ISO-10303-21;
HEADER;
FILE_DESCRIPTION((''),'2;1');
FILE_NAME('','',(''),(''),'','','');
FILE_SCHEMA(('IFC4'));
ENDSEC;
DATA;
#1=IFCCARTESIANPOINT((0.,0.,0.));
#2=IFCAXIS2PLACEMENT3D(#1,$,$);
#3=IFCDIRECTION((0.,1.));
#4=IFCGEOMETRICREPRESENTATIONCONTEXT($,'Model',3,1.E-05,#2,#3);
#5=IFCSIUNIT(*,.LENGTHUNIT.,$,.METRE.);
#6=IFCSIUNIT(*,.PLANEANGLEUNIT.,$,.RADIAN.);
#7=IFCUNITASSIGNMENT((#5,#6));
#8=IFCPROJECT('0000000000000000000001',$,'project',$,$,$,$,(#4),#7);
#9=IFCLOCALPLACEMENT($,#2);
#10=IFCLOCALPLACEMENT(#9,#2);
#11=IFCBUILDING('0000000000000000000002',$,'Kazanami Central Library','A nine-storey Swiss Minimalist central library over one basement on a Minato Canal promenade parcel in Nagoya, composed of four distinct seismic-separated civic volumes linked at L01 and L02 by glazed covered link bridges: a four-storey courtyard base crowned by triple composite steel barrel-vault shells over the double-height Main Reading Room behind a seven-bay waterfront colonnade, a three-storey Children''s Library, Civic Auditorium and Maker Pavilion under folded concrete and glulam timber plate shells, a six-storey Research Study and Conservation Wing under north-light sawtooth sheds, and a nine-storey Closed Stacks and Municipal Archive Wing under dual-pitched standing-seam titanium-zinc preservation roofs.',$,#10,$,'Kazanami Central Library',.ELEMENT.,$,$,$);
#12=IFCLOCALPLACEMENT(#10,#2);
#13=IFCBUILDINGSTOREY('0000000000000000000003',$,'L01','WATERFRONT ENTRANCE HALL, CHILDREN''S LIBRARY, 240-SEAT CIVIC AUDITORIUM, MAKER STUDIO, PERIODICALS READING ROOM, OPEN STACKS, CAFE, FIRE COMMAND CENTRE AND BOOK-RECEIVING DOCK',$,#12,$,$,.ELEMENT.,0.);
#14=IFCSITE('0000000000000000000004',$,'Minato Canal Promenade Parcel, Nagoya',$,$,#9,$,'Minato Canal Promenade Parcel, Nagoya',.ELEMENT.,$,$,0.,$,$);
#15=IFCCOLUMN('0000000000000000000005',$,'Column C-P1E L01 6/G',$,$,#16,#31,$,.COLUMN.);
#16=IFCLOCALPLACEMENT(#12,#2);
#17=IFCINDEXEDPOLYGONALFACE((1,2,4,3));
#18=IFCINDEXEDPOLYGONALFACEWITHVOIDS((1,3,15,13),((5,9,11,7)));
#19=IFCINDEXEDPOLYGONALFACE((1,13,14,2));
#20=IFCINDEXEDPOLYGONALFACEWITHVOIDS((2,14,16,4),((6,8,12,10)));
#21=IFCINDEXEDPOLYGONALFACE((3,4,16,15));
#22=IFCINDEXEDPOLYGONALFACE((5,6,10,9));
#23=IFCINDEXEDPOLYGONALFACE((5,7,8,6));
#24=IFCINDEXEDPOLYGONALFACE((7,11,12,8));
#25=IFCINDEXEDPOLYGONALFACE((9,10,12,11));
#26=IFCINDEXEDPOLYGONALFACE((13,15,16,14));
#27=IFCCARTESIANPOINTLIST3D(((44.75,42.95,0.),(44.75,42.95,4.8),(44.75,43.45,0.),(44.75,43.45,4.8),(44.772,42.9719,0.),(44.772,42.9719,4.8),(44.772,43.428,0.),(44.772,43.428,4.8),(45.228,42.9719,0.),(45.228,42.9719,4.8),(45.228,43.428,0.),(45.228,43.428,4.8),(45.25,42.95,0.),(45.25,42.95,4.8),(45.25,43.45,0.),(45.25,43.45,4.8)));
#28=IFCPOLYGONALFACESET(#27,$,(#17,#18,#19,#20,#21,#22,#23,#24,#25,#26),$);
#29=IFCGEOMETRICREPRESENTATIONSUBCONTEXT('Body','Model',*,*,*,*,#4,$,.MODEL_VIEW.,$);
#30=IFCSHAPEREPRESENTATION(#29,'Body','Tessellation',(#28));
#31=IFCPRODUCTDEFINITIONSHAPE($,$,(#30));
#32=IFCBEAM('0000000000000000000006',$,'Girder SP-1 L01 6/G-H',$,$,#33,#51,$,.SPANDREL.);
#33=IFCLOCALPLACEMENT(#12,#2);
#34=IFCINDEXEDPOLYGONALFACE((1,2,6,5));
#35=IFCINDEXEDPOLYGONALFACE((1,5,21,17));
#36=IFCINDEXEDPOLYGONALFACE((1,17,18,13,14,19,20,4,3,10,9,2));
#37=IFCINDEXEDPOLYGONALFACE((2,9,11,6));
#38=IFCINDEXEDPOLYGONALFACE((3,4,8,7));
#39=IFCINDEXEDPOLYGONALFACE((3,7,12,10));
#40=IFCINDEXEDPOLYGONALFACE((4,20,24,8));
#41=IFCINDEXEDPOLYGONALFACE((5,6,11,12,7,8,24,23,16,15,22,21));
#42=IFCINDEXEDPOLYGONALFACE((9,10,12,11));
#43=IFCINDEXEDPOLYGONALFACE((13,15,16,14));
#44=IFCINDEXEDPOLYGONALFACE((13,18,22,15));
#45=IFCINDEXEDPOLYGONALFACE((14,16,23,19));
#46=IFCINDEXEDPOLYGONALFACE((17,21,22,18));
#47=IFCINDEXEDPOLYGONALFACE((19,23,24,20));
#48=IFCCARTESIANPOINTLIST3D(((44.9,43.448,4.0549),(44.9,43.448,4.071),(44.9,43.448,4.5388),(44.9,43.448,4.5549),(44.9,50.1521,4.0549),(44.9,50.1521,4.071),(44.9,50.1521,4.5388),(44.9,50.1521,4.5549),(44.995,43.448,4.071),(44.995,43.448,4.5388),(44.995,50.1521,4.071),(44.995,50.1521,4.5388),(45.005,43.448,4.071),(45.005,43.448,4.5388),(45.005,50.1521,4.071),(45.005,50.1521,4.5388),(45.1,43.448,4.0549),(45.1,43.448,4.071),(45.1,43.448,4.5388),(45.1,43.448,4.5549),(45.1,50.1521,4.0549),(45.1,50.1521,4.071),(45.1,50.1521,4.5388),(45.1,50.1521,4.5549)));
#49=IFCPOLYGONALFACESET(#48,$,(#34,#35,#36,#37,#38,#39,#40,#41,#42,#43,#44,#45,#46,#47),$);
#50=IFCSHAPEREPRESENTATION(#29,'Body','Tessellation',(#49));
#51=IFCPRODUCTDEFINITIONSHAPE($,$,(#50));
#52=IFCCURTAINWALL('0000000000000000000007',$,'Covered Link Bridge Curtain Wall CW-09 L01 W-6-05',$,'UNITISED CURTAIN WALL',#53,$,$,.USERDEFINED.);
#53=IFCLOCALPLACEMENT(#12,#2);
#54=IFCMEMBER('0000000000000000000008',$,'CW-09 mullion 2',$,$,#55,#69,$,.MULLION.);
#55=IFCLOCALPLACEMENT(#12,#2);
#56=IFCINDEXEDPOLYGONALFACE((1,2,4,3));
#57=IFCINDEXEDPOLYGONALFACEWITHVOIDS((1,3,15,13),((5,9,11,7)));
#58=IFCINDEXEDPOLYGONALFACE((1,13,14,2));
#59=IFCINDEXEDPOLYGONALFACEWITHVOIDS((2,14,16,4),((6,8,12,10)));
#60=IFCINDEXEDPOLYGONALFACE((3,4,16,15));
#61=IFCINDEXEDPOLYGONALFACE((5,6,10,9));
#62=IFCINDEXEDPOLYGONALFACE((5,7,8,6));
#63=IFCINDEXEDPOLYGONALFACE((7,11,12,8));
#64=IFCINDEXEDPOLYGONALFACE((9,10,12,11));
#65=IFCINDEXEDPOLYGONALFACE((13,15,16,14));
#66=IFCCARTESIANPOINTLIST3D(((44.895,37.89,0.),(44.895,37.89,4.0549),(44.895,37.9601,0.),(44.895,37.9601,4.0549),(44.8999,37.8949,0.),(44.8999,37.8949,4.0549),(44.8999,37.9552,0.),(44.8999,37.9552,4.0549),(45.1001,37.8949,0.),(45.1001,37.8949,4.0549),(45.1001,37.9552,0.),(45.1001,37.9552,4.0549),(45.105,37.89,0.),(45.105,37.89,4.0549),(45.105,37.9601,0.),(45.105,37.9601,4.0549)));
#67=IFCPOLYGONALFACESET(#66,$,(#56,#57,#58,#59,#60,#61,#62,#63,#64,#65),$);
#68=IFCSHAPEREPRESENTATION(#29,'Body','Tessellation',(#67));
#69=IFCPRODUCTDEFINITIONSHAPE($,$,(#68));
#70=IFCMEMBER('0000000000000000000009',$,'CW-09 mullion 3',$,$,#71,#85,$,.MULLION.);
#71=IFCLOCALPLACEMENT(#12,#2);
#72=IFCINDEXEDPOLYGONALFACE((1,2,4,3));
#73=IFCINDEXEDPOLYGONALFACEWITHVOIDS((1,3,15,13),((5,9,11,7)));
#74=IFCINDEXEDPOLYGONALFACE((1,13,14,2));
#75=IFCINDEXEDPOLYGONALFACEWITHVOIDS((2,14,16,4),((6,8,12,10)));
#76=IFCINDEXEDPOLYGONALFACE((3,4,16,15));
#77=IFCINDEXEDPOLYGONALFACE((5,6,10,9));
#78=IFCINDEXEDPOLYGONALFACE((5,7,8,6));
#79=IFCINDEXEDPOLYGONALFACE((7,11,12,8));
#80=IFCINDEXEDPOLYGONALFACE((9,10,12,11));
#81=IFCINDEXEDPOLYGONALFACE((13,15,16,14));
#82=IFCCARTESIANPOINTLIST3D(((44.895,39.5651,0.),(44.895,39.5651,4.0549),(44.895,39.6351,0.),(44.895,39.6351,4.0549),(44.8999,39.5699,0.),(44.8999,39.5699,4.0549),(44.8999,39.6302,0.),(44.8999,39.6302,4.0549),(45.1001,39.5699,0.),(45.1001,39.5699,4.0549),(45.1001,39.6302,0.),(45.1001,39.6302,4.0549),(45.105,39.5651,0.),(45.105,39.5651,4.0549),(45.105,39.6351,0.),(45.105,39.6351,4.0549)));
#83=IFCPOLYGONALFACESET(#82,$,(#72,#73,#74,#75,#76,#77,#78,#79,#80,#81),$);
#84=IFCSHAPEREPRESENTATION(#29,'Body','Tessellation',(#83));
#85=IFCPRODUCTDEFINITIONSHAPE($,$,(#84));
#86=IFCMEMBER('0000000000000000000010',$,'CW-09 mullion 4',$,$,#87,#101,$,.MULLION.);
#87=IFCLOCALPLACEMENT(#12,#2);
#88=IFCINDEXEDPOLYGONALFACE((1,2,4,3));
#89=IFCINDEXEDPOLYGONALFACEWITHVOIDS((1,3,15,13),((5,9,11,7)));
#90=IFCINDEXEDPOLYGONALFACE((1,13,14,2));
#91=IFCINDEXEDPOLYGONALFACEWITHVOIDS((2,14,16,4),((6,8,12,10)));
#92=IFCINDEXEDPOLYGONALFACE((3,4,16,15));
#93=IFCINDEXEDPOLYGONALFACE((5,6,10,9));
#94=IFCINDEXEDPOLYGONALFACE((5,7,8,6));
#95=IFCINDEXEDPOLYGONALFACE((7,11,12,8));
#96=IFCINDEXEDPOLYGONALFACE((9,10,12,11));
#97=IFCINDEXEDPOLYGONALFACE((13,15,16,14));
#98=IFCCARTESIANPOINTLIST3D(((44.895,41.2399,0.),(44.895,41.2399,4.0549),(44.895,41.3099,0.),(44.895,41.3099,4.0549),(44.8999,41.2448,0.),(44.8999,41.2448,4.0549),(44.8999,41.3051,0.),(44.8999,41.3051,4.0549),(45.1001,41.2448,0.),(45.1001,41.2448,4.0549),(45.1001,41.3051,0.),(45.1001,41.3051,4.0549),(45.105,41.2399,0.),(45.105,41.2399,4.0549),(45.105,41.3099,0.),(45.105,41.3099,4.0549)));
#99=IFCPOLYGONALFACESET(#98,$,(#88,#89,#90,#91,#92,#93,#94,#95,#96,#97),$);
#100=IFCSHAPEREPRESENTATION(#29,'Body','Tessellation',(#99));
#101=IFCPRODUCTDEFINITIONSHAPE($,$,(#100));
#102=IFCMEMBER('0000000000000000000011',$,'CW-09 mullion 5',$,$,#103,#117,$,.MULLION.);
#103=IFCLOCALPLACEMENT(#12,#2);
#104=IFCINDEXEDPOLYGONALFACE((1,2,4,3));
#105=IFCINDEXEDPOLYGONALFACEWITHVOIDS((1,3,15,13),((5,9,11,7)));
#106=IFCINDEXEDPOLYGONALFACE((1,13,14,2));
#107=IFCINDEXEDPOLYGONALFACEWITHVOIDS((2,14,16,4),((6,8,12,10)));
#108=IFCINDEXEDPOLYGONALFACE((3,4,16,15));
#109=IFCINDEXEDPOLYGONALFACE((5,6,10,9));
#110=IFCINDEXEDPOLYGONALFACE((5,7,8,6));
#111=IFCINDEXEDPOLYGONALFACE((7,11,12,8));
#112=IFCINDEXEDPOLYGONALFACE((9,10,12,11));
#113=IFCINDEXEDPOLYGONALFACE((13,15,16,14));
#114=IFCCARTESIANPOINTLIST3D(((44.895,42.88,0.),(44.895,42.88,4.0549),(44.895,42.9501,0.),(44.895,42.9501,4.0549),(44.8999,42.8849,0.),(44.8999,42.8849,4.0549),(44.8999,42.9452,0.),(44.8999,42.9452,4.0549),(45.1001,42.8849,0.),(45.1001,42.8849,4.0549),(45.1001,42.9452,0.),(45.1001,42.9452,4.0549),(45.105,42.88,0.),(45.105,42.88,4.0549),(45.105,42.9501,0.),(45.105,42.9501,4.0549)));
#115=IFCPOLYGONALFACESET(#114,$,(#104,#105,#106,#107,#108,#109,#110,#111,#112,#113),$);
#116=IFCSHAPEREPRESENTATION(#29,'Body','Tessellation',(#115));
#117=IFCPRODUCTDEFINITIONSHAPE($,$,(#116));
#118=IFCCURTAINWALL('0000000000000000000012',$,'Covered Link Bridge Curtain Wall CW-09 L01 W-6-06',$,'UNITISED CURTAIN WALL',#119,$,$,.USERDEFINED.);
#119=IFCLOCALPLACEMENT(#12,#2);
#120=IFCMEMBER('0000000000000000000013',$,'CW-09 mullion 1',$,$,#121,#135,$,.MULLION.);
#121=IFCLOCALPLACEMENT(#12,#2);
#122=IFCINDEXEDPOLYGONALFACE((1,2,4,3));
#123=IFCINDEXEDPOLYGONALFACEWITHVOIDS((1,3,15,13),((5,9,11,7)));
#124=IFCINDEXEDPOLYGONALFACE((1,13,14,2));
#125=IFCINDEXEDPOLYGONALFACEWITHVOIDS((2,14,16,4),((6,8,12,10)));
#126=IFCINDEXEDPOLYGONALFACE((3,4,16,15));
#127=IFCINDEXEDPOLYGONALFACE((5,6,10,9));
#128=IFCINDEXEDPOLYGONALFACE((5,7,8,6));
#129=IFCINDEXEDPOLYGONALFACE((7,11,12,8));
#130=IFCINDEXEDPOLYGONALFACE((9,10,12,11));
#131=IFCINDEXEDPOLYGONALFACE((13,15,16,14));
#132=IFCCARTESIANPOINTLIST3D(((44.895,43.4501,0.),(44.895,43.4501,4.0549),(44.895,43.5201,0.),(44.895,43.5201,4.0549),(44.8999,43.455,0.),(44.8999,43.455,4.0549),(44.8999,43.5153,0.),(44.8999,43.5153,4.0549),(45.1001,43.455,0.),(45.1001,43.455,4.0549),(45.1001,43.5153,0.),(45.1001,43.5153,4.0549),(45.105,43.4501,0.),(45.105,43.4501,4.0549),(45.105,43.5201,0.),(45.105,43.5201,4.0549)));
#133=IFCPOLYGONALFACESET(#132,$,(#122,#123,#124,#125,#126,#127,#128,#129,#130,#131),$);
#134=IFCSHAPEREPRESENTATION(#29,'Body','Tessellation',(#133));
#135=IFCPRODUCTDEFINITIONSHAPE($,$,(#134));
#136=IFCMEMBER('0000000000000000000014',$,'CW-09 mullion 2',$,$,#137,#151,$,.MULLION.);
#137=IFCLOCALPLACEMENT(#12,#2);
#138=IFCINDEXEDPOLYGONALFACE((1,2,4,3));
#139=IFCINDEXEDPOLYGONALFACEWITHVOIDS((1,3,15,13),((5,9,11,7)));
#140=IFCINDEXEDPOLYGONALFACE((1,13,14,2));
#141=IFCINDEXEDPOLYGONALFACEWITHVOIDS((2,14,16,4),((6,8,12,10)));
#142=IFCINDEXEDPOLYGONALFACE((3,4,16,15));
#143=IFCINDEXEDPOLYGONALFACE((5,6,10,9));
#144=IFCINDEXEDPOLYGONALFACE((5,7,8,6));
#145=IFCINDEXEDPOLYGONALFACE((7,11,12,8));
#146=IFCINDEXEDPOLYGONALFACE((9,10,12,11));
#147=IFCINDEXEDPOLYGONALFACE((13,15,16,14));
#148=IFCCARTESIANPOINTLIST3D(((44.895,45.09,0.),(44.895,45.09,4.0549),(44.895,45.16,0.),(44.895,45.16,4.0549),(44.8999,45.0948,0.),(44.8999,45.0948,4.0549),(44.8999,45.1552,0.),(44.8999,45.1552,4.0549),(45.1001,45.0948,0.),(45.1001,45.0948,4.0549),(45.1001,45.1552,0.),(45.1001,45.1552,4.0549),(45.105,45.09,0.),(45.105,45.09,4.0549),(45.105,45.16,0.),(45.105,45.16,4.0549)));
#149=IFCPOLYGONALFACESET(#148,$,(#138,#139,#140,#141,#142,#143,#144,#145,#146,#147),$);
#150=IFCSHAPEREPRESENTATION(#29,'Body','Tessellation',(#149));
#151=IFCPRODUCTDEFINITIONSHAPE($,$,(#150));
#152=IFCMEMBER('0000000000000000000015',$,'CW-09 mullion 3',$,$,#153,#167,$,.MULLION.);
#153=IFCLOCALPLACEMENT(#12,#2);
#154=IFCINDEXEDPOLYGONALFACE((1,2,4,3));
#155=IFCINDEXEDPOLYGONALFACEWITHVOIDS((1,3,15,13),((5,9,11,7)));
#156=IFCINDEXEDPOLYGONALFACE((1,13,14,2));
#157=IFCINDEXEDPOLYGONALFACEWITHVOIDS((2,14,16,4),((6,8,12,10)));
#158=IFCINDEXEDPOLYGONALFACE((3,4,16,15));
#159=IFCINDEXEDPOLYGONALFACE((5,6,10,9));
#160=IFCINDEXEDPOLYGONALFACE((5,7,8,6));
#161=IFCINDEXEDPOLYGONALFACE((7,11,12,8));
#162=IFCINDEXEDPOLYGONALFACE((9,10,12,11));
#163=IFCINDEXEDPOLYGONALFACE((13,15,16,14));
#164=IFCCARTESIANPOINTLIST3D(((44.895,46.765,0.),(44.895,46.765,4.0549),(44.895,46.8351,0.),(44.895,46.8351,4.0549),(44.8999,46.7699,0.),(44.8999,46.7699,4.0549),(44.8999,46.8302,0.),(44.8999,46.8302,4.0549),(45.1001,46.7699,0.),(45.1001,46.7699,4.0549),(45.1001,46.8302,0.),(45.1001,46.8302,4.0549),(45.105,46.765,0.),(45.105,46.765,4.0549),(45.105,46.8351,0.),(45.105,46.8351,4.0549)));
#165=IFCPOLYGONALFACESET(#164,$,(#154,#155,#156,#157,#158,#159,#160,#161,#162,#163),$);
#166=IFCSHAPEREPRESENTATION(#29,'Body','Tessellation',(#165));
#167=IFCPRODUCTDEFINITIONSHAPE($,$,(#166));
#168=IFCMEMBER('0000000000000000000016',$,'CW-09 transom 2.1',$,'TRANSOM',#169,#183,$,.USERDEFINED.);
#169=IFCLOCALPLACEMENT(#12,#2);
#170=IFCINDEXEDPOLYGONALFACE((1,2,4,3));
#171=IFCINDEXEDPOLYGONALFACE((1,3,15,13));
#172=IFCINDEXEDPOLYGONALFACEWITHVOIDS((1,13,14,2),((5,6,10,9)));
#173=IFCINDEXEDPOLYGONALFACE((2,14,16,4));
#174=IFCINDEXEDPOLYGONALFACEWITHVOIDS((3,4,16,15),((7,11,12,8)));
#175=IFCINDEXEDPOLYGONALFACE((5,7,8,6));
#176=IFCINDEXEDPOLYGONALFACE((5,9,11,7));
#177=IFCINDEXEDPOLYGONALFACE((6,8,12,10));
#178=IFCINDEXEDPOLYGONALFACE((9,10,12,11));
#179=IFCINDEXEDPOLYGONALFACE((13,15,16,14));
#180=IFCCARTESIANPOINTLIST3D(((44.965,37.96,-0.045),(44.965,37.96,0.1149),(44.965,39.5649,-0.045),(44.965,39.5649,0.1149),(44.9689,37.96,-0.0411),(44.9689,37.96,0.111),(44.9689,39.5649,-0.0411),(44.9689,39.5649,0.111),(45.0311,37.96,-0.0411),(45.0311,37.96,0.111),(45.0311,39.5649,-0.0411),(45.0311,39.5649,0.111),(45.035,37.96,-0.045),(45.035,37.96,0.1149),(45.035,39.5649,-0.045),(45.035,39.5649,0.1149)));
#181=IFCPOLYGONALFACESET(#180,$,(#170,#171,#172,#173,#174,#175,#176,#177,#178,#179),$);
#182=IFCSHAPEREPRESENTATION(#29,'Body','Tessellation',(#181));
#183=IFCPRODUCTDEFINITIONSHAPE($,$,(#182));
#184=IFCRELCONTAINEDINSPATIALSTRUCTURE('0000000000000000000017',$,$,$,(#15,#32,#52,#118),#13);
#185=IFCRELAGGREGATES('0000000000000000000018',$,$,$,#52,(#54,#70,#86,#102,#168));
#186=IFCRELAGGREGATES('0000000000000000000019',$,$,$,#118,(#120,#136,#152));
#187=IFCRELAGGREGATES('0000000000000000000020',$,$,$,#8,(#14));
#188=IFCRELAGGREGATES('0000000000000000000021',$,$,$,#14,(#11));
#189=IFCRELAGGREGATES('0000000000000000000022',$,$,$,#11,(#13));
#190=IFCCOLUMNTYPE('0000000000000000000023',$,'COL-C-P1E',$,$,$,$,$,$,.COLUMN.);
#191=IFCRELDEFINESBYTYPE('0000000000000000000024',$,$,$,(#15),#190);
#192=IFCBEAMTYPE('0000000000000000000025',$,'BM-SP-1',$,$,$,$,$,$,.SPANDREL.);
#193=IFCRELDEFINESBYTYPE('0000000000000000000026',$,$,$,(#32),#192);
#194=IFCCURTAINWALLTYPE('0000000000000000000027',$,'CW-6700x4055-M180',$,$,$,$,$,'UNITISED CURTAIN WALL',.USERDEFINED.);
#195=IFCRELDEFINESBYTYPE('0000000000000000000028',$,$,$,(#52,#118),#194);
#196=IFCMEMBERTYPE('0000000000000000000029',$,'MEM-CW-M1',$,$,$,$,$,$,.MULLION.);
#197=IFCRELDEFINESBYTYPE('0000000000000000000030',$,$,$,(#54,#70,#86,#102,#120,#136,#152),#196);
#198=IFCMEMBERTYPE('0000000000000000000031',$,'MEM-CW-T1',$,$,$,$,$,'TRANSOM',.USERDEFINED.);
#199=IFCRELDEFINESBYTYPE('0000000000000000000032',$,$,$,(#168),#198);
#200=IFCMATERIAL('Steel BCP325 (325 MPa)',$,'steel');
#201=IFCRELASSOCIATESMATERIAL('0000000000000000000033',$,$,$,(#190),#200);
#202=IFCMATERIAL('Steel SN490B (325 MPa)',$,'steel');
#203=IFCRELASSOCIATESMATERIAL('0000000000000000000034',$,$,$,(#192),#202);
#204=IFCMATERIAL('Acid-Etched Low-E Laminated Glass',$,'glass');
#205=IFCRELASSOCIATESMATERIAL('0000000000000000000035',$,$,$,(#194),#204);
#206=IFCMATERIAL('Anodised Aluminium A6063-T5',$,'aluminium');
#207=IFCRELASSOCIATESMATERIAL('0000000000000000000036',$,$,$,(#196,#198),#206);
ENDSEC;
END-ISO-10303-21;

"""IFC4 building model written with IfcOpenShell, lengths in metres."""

from ifc_helpers import new_model, si_unit, direction, frame, origin, origin_2d, place, context, subcontext, project, spatial, hollow_rectangle, i_section, extrude, material, material_profile, profile_set, type_object, element, aggregate, save


model = new_model("IFC4")

# Units and contexts
model_context = context("Model", 3, precision=1e-05, world=origin(), true_north=direction((0.0, 1.0)))
body_context = subcontext(model_context, "Body", "Model", "MODEL_VIEW")
ifc_project = project(units=[si_unit("LENGTHUNIT", "METRE"), si_unit("PLANEANGLEUNIT", "RADIAN")], contexts=[model_context])

# Site, building, storey
site_placement = place(None, origin())
site = spatial("IfcSite", under=ifc_project, at=site_placement, Name="Minato Canal Promenade Parcel, Nagoya", LongName="Minato Canal Promenade Parcel, Nagoya", CompositionType="ELEMENT", RefElevation=0.0)
building_placement = place(site_placement, origin())
building = spatial("IfcBuilding", under=site, at=building_placement, Name="Kazanami Central Library", Description="A nine-storey Swiss Minimalist central library over one basement on a Minato Canal promenade parcel in Nagoya, composed of four distinct seismic-separated civic volumes linked at L01 and L02 by glazed covered link bridges: a four-storey courtyard base crowned by triple composite steel barrel-vault shells over the double-height Main Reading Room behind a seven-bay waterfront colonnade, a three-storey Children's Library, Civic Auditorium and Maker Pavilion under folded concrete and glulam timber plate shells, a six-storey Research Study and Conservation Wing under north-light sawtooth sheds, and a nine-storey Closed Stacks and Municipal Archive Wing under dual-pitched standing-seam titanium-zinc preservation roofs.", LongName="Kazanami Central Library", CompositionType="ELEMENT")
storey_placement = place(building_placement, origin())
storey = spatial("IfcBuildingStorey", under=building, at=storey_placement, Name="L01", Description="WATERFRONT ENTRANCE HALL, CHILDREN'S LIBRARY, 240-SEAT CIVIC AUDITORIUM, MAKER STUDIO, PERIODICALS READING ROOM, OPEN STACKS, CAFE, FIRE COMMAND CENTRE AND BOOK-RECEIVING DOCK", CompositionType="ELEMENT", Elevation=0.0)

# Column
ifc_material_1 = material(Name="Steel BCP325 (325 MPa)", Category="steel")
ifc_material_profile_1 = material_profile(ifc_material_1, hollow_rectangle(XDim=0.5, YDim=0.5, WallThickness=0.022, at=origin_2d()), Name="BCP-500x500x22")
ifc_profile_set_1 = profile_set([ifc_material_profile_1], Name="Steel BCP325 (325 MPa)")
column_type = type_object("IfcColumnType", Name="COL-C-P1E", PredefinedType="COLUMN", material=ifc_profile_set_1)
column_placement = place(storey_placement, frame((45.0, 43.2, 0.0), z_axis=(0.0, 0.0, 1.0), x_axis=(1.0, 0.0, 0.0)))
element("IfcColumn", 1, at=column_placement, inside=storey, type_object=column_type, Name="Column C-P1E L01 6/G", PredefinedType="COLUMN", context=body_context, shape_type="SweptSolid", body=[
    extrude(hollow_rectangle(XDim=0.5, YDim=0.5, WallThickness=0.022, at=origin_2d()), origin(), (0.0, 0.0, 1.0), 4.8),
])

# Beam
ifc_material_2 = material(Name="Steel SN490B (325 MPa)", Category="steel")
ifc_material_profile_2 = material_profile(ifc_material_2, i_section(OverallWidth=0.2, OverallDepth=0.5, WebThickness=0.01, FlangeThickness=0.0161, at=origin_2d()), Name="H-500x200x10x16")
ifc_profile_set_2 = profile_set([ifc_material_profile_2], Name="Steel SN490B (325 MPa)")
beam_type = type_object("IfcBeamType", Name="BM-SP-1", PredefinedType="SPANDREL", material=ifc_profile_set_2)
beam_placement = place(storey_placement, frame((45.0, 43.448, 4.3049), z_axis=(0.0, 1.0, 0.0), x_axis=(-1.0, 0.0, 0.0)))
element("IfcBeam", 2, at=beam_placement, inside=storey, type_object=beam_type, Name="Girder SP-1 L01 6/G-H", PredefinedType="SPANDREL", context=body_context, shape_type="SweptSolid", body=[
    extrude(i_section(OverallWidth=0.2, OverallDepth=0.5, WebThickness=0.01, FlangeThickness=0.0161, at=origin_2d()), origin(), (0.0, 0.0, 1.0), 6.7041),
])

# Curtain walls, members
ifc_material_3 = material(Name="Acid-Etched Low-E Laminated Glass", Category="glass")
curtain_wall_type = type_object("IfcCurtainWallType", Name="CW-6700x4055-M180", ElementType="UNITISED CURTAIN WALL", PredefinedType="USERDEFINED", material=ifc_material_3)
curtain_wall_1_placement = place(storey_placement, origin())
curtain_wall_1 = element("IfcCurtainWall", 3, at=curtain_wall_1_placement, inside=storey, type_object=curtain_wall_type, Name="Covered Link Bridge Curtain Wall CW-09 L01 W-6-05", ObjectType="UNITISED CURTAIN WALL", PredefinedType="USERDEFINED")
ifc_material_4 = material(Name="Anodised Aluminium A6063-T5", Category="aluminium")
ifc_material_profile_3 = material_profile(ifc_material_4, hollow_rectangle(XDim=0.0701, YDim=0.21, WallThickness=0.0049, at=origin_2d()), Name="ALU-MULL-70x210x5")
ifc_profile_set_3 = profile_set([ifc_material_profile_3], Name="Anodised Aluminium A6063-T5")
member_type_1 = type_object("IfcMemberType", Name="MEM-CW-M1", PredefinedType="MULLION", material=ifc_profile_set_3)
member_1_placement = place(storey_placement, frame((45.0, 37.925, 0.0), z_axis=(0.0, 0.0, 1.0), x_axis=(0.0, 1.0, 0.0)))
member_1 = element("IfcMember", 4, at=member_1_placement, type_object=member_type_1, Name="CW-09 mullion 2", PredefinedType="MULLION", context=body_context, shape_type="SweptSolid", body=[
    extrude(hollow_rectangle(XDim=0.0701, YDim=0.21, WallThickness=0.0049, at=origin_2d()), origin(), (0.0, 0.0, 1.0), 4.0549),
])
member_2_placement = place(storey_placement, frame((45.0, 39.6001, 0.0), z_axis=(0.0, 0.0, 1.0), x_axis=(0.0, 1.0, 0.0)))
member_2 = element("IfcMember", 5, at=member_2_placement, type_object=member_type_1, Name="CW-09 mullion 3", PredefinedType="MULLION", context=body_context, shape_type="SweptSolid", body=[
    extrude(hollow_rectangle(XDim=0.0701, YDim=0.21, WallThickness=0.0049, at=origin_2d()), origin(), (0.0, 0.0, 1.0), 4.0549),
])
member_3_placement = place(storey_placement, frame((45.0, 41.2749, 0.0), z_axis=(0.0, 0.0, 1.0), x_axis=(0.0, 1.0, 0.0)))
member_3 = element("IfcMember", 6, at=member_3_placement, type_object=member_type_1, Name="CW-09 mullion 4", PredefinedType="MULLION", context=body_context, shape_type="SweptSolid", body=[
    extrude(hollow_rectangle(XDim=0.0701, YDim=0.21, WallThickness=0.0049, at=origin_2d()), origin(), (0.0, 0.0, 1.0), 4.0549),
])
member_4_placement = place(storey_placement, frame((45.0, 42.915, 0.0), z_axis=(0.0, 0.0, 1.0), x_axis=(0.0, 1.0, 0.0)))
member_4 = element("IfcMember", 7, at=member_4_placement, type_object=member_type_1, Name="CW-09 mullion 5", PredefinedType="MULLION", context=body_context, shape_type="SweptSolid", body=[
    extrude(hollow_rectangle(XDim=0.0701, YDim=0.21, WallThickness=0.0049, at=origin_2d()), origin(), (0.0, 0.0, 1.0), 4.0549),
])
curtain_wall_2_placement = place(storey_placement, origin())
curtain_wall_2 = element("IfcCurtainWall", 8, at=curtain_wall_2_placement, inside=storey, type_object=curtain_wall_type, Name="Covered Link Bridge Curtain Wall CW-09 L01 W-6-06", ObjectType="UNITISED CURTAIN WALL", PredefinedType="USERDEFINED")
member_5_placement = place(storey_placement, frame((45.0, 43.4851, 0.0), z_axis=(0.0, 0.0, 1.0), x_axis=(0.0, 1.0, 0.0)))
member_5 = element("IfcMember", 9, at=member_5_placement, type_object=member_type_1, Name="CW-09 mullion 1", PredefinedType="MULLION", context=body_context, shape_type="SweptSolid", body=[
    extrude(hollow_rectangle(XDim=0.0701, YDim=0.21, WallThickness=0.0049, at=origin_2d()), origin(), (0.0, 0.0, 1.0), 4.0549),
])
member_6_placement = place(storey_placement, frame((45.0, 45.125, 0.0), z_axis=(0.0, 0.0, 1.0), x_axis=(0.0, 1.0, 0.0)))
member_6 = element("IfcMember", 10, at=member_6_placement, type_object=member_type_1, Name="CW-09 mullion 2", PredefinedType="MULLION", context=body_context, shape_type="SweptSolid", body=[
    extrude(hollow_rectangle(XDim=0.0701, YDim=0.21, WallThickness=0.0049, at=origin_2d()), origin(), (0.0, 0.0, 1.0), 4.0549),
])
member_7_placement = place(storey_placement, frame((45.0, 46.8, 0.0), z_axis=(0.0, 0.0, 1.0), x_axis=(0.0, 1.0, 0.0)))
member_7 = element("IfcMember", 11, at=member_7_placement, type_object=member_type_1, Name="CW-09 mullion 3", PredefinedType="MULLION", context=body_context, shape_type="SweptSolid", body=[
    extrude(hollow_rectangle(XDim=0.0701, YDim=0.21, WallThickness=0.0049, at=origin_2d()), origin(), (0.0, 0.0, 1.0), 4.0549),
])

# Member
ifc_material_profile_4 = material_profile(ifc_material_4, hollow_rectangle(XDim=0.0701, YDim=0.1599, WallThickness=0.0039, at=origin_2d()), Name="ALU-TRAN-70x160x4")
ifc_profile_set_4 = profile_set([ifc_material_profile_4], Name="Anodised Aluminium A6063-T5")
member_type_2 = type_object("IfcMemberType", Name="MEM-CW-T1", ElementType="TRANSOM", PredefinedType="USERDEFINED", material=ifc_profile_set_4)
member_8_placement = place(storey_placement, frame((45.0, 37.96, 0.0349), z_axis=(0.0, 1.0, 0.0), x_axis=(-1.0, 0.0, 0.0)))
member_8 = element("IfcMember", 12, at=member_8_placement, type_object=member_type_2, Name="CW-09 transom 2.1", ObjectType="TRANSOM", PredefinedType="USERDEFINED", context=body_context, shape_type="SweptSolid", body=[
    extrude(hollow_rectangle(XDim=0.0701, YDim=0.1599, WallThickness=0.0039, at=origin_2d()), origin(), (0.0, 0.0, 1.0), 1.605),
])

aggregate(curtain_wall_1, [member_1, member_2, member_3, member_4, member_8])
aggregate(curtain_wall_2, [member_5, member_6, member_7])

save(model, "model.ifc")
